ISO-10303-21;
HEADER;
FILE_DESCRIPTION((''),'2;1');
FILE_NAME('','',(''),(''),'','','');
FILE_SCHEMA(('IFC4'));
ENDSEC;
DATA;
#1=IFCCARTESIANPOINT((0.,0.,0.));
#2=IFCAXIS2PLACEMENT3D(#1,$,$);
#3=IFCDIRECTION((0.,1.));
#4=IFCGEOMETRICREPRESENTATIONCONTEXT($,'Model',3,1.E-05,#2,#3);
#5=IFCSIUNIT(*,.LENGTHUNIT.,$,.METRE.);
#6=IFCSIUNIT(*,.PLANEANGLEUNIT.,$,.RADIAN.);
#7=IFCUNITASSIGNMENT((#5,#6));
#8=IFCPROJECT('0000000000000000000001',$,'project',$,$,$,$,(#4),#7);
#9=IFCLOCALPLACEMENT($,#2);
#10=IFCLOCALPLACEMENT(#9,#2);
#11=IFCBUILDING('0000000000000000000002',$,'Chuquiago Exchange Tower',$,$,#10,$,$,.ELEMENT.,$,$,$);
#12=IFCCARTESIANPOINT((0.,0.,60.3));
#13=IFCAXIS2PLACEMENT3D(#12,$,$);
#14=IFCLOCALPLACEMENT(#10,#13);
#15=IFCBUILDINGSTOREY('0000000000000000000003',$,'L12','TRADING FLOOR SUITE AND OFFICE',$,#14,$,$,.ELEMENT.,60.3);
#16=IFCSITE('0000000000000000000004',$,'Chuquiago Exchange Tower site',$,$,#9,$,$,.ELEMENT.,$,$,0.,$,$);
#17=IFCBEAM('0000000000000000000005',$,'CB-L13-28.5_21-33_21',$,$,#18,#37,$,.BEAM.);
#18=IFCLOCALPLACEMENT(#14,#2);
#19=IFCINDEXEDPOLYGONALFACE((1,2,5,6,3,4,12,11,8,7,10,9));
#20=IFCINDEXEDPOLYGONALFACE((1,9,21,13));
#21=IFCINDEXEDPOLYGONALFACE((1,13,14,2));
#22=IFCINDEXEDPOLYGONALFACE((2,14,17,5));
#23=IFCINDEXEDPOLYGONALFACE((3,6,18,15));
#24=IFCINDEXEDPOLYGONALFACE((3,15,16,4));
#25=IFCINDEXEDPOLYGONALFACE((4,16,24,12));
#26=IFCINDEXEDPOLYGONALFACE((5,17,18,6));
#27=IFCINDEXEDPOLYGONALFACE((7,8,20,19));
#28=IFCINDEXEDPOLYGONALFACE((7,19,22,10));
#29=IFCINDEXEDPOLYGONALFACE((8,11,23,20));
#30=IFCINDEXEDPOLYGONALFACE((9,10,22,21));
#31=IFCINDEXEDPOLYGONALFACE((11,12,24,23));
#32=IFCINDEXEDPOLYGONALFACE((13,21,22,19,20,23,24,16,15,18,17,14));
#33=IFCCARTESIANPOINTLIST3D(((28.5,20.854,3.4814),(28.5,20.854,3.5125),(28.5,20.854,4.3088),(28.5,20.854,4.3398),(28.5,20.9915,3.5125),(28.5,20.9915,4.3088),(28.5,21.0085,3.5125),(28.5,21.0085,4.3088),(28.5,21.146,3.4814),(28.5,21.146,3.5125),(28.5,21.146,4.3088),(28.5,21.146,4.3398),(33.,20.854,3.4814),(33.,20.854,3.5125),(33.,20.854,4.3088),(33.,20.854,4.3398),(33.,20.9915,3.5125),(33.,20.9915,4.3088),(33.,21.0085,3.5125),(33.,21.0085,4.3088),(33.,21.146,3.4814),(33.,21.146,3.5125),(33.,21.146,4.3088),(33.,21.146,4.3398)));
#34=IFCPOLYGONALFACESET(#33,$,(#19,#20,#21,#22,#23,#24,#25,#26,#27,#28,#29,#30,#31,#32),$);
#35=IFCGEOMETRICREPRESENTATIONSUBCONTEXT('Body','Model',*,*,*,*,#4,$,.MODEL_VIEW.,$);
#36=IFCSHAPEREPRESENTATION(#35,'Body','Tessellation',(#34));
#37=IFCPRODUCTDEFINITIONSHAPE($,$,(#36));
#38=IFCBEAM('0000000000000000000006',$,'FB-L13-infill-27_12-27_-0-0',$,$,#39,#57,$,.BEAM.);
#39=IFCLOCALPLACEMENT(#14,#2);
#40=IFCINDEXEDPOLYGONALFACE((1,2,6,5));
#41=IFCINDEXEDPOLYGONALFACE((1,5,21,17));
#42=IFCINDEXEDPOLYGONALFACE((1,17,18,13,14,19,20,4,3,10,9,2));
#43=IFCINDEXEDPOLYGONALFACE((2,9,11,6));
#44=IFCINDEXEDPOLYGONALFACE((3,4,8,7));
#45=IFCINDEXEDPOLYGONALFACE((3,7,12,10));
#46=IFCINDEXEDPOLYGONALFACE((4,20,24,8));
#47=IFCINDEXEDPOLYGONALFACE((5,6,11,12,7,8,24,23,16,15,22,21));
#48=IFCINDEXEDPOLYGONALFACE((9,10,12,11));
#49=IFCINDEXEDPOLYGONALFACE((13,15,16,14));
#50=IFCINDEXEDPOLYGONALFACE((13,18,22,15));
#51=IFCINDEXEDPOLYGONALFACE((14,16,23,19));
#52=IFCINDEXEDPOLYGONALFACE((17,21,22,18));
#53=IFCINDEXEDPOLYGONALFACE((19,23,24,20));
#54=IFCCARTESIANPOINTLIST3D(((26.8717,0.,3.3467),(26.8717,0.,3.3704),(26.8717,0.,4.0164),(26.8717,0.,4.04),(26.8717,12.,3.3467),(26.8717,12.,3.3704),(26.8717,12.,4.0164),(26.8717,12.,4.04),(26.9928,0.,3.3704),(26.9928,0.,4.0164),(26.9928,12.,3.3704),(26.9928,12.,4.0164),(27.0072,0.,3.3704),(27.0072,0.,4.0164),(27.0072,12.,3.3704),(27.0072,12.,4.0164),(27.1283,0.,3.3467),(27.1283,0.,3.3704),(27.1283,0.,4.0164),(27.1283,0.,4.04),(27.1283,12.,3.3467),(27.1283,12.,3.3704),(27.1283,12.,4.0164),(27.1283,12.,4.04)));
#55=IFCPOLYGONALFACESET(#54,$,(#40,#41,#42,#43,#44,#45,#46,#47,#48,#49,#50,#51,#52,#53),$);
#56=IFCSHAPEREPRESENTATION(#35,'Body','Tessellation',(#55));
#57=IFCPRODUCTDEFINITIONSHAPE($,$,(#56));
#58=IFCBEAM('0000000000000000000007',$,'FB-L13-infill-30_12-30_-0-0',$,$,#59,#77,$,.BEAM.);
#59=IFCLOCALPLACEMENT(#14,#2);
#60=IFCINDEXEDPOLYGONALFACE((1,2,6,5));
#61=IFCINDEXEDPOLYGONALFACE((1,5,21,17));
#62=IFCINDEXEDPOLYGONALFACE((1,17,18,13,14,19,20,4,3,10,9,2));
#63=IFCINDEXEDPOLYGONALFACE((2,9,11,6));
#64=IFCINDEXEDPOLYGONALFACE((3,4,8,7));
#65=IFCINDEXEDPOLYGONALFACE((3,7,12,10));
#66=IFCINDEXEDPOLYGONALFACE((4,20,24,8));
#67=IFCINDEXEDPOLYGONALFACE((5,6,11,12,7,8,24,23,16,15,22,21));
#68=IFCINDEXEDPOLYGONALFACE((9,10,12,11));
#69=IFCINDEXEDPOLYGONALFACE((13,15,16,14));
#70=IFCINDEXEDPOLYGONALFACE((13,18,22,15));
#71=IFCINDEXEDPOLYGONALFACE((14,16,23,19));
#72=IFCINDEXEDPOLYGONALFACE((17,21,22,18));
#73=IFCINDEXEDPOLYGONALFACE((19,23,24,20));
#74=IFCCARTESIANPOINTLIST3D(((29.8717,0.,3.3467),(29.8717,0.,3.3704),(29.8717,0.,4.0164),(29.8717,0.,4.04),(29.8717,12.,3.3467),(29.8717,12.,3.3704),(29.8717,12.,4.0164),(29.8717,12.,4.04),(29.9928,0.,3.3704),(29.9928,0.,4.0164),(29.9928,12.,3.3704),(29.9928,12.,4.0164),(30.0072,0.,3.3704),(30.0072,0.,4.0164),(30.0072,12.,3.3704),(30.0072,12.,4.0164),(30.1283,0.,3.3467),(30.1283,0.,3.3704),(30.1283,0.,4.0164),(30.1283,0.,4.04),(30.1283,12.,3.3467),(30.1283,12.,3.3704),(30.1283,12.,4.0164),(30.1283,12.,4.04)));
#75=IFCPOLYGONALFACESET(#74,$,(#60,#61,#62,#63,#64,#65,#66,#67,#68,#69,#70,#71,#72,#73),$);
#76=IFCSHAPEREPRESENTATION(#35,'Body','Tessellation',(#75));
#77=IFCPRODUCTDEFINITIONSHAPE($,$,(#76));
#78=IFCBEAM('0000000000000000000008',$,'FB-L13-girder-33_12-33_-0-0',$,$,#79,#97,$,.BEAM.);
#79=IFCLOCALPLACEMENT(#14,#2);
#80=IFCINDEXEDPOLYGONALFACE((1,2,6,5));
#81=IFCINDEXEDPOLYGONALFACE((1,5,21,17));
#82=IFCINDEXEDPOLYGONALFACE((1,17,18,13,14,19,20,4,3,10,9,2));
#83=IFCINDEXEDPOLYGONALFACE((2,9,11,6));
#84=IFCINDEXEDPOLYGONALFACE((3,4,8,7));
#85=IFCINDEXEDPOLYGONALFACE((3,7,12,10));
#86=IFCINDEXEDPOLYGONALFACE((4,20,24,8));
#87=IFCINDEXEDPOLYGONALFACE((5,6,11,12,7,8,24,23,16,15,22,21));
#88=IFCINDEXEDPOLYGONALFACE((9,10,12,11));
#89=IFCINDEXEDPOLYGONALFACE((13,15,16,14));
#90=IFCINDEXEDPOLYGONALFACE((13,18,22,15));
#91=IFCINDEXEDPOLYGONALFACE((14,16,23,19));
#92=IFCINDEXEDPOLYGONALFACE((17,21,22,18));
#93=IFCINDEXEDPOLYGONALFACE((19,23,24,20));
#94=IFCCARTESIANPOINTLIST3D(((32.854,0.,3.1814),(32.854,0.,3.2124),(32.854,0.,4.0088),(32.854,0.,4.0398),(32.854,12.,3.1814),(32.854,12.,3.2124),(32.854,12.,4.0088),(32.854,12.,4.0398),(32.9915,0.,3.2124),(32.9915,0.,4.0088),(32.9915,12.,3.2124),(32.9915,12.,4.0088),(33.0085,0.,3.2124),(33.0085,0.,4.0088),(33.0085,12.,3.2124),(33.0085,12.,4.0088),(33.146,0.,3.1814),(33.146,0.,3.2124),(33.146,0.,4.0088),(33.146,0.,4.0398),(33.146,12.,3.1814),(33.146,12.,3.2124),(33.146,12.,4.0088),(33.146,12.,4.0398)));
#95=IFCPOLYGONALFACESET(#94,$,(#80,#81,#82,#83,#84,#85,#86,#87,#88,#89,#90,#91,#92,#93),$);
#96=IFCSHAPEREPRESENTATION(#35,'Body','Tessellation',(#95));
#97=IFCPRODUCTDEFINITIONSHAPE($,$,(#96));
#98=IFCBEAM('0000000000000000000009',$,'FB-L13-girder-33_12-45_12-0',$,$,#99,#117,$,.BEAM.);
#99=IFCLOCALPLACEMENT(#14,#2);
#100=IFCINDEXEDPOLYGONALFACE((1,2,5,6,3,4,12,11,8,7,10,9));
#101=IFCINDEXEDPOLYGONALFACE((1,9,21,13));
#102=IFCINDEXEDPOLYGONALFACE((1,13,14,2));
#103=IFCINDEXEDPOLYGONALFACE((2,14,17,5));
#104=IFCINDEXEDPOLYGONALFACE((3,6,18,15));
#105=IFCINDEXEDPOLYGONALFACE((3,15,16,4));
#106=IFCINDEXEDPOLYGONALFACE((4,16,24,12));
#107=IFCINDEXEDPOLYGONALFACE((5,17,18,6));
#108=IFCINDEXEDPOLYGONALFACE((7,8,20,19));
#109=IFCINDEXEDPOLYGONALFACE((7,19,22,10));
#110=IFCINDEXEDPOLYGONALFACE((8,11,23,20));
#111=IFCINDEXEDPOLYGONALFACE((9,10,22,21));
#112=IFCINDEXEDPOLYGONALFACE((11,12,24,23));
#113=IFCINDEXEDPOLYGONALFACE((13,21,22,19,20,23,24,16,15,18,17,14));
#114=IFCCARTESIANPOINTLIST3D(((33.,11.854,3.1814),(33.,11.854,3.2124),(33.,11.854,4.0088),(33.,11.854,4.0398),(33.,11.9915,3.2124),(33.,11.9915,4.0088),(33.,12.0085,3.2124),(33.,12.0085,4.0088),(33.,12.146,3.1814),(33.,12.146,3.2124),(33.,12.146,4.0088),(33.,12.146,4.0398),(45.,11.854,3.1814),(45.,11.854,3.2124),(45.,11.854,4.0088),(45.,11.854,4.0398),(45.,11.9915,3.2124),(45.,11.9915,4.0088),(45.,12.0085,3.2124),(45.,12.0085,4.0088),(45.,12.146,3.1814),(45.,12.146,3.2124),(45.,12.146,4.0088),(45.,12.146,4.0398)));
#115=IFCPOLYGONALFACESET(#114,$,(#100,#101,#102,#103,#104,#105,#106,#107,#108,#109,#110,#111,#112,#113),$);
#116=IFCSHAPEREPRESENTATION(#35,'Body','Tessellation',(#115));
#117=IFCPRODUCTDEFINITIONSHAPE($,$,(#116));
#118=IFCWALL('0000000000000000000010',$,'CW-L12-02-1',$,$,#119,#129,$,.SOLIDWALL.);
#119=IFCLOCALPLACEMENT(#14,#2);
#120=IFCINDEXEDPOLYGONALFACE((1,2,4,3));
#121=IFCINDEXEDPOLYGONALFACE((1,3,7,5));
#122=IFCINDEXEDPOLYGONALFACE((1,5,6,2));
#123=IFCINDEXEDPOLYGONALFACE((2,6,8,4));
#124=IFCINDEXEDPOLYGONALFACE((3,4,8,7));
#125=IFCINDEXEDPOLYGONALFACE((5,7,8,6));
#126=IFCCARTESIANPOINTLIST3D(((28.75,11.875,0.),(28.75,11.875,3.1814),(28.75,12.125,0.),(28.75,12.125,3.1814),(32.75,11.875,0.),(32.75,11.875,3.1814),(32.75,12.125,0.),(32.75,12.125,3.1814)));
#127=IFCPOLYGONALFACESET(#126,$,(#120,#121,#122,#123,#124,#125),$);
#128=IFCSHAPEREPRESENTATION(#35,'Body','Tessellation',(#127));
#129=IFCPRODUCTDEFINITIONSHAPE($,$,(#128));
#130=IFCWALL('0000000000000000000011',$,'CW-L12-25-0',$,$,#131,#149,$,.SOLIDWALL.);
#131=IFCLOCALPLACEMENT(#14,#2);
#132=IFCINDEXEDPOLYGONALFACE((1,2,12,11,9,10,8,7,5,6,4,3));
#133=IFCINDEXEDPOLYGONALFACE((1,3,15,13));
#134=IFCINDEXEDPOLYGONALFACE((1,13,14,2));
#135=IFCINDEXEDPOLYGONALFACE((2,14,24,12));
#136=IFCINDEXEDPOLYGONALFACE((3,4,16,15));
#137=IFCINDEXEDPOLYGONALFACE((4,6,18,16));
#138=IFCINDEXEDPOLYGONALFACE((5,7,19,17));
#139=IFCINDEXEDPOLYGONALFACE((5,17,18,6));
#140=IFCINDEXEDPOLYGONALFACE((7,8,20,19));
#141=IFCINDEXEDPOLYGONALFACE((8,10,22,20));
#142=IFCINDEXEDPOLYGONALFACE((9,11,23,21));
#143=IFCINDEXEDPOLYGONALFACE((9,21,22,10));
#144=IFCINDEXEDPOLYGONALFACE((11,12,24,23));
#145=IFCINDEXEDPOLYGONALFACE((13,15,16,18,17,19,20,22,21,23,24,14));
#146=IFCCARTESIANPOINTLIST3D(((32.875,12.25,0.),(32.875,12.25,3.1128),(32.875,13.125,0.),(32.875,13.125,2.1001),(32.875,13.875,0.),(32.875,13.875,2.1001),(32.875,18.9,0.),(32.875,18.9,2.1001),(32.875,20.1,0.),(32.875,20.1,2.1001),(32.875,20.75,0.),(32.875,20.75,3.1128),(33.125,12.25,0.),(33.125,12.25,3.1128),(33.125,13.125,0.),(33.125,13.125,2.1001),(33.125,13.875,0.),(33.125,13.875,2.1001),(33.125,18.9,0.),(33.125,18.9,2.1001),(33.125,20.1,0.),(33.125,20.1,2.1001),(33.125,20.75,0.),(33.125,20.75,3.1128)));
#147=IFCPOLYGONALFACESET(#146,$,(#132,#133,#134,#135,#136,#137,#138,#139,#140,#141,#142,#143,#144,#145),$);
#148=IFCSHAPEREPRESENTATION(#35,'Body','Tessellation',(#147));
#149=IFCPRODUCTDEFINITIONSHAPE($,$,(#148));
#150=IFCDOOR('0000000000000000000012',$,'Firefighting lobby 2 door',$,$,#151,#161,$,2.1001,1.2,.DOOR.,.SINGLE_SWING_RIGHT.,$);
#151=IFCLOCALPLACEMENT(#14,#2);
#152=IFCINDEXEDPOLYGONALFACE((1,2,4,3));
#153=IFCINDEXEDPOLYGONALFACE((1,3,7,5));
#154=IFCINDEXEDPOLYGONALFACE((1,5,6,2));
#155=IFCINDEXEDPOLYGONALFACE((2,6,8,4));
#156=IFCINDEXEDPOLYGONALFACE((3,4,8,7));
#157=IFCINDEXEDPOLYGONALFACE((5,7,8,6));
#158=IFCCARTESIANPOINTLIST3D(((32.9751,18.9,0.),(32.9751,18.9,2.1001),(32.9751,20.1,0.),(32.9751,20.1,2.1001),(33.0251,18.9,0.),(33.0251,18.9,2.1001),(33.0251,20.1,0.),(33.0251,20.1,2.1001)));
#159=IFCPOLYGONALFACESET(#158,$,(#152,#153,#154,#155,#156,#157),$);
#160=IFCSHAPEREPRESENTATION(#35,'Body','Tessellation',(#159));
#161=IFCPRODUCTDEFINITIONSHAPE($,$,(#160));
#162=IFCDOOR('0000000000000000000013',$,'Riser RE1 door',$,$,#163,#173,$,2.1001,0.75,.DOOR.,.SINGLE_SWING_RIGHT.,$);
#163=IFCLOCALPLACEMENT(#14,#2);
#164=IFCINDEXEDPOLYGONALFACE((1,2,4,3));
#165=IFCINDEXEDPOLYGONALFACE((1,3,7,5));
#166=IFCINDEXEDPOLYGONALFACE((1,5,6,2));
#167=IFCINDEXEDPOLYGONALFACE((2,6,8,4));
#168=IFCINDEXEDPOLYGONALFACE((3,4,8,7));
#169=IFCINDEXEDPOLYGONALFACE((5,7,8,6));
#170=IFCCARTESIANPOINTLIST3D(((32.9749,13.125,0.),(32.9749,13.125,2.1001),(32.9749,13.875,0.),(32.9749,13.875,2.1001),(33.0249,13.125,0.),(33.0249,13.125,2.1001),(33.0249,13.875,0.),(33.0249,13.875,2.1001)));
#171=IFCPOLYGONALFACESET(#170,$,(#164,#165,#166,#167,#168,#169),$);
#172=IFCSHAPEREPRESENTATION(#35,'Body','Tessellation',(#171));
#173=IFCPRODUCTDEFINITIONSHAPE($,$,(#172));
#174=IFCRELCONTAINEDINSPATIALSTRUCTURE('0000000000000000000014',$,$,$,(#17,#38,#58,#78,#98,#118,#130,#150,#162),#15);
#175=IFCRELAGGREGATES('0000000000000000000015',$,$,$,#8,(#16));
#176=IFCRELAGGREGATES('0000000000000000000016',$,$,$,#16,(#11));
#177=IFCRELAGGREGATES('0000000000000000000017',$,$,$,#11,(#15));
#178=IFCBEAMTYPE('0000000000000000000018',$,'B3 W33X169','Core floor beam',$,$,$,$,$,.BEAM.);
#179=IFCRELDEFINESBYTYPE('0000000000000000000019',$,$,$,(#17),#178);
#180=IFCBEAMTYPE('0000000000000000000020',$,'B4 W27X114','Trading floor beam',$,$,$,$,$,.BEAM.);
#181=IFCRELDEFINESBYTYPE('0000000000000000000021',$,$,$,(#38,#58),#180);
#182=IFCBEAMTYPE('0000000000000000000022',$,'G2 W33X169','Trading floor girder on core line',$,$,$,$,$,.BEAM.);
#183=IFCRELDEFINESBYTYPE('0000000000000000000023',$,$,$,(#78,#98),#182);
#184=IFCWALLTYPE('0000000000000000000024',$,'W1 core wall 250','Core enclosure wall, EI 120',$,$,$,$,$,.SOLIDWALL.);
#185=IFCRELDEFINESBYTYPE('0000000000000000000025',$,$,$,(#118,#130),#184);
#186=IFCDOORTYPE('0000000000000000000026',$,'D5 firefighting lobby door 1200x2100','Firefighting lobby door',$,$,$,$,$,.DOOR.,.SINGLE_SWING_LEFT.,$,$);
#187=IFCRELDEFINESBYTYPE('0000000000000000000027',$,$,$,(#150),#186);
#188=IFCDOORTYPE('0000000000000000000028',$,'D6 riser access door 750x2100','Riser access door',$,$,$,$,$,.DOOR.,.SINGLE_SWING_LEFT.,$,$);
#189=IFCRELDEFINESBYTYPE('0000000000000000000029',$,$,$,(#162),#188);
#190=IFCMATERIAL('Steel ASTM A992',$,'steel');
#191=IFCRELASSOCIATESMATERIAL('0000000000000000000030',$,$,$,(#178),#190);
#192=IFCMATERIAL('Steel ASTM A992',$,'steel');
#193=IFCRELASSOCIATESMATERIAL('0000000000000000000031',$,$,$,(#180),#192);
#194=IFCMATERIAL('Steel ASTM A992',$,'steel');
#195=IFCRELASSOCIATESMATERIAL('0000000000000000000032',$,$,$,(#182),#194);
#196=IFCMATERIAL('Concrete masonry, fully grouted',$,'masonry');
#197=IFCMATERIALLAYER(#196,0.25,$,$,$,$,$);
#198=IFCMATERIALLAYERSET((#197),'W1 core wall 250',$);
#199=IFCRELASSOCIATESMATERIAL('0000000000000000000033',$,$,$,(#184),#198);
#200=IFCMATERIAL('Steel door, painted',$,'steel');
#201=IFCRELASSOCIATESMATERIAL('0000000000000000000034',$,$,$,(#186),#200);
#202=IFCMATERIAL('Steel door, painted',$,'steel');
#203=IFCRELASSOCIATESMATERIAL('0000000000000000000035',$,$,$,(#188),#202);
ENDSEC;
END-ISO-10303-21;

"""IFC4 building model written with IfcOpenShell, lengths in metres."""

from ifc_helpers import new_model, si_unit, direction, frame, frame_2d, origin, origin_2d, place, context, subcontext, project, spatial, rectangle, i_section, extrude, material, layer, layer_set, material_profile, profile_set, type_object, element, fill, save


model = new_model("IFC4")

# Units and contexts
model_context = context("Model", 3, precision=1e-05, world=origin(), true_north=direction((0.0, 1.0)))
body_context = subcontext(model_context, "Body", "Model", "MODEL_VIEW")
ifc_project = project(units=[si_unit("LENGTHUNIT", "METRE"), si_unit("PLANEANGLEUNIT", "RADIAN")], contexts=[model_context])

# Site, building, storey
site_placement = place(None, origin())
site = spatial("IfcSite", under=ifc_project, at=site_placement, Name="Chuquiago Exchange Tower site", CompositionType="ELEMENT", RefElevation=0.0)
building_placement = place(site_placement, origin())
building = spatial("IfcBuilding", under=site, at=building_placement, Name="Chuquiago Exchange Tower", CompositionType="ELEMENT")
storey_placement = place(building_placement, frame((0.0, 0.0, 60.3)))
storey = spatial("IfcBuildingStorey", under=building, at=storey_placement, Name="L12", Description="TRADING FLOOR SUITE AND OFFICE", CompositionType="ELEMENT", Elevation=60.3)

# Beams
ifc_material_1 = material(Name="Steel ASTM A992", Category="steel")
ifc_material_profile_1 = material_profile(ifc_material_1, i_section(OverallWidth=0.292, OverallDepth=0.8584, WebThickness=0.0171, FlangeThickness=0.031, at=origin_2d()), Name="W33X169")
ifc_profile_set_1 = profile_set([ifc_material_profile_1], Name="Steel ASTM A992")
beam_type_1 = type_object("IfcBeamType", Name="B3 W33X169", Description="Core floor beam", PredefinedType="BEAM", material=ifc_profile_set_1)
for number, where, z_axis, x_axis, name in (
    (1, (28.5, 21.0, 3.9106), (1.0, 0.0, 0.0), (0.0, 1.0, 0.0), "CB-L13-28.5_21-33_21"),
):
    element("IfcBeam", number, at=place(storey_placement, frame(where, z_axis=z_axis, x_axis=x_axis)), inside=storey, type_object=beam_type_1, Name=name, PredefinedType="BEAM", context=body_context, shape_type="SweptSolid", body=[
        extrude(i_section(OverallWidth=0.292, OverallDepth=0.8584, WebThickness=0.0171, FlangeThickness=0.031, at=origin_2d()), origin(), (0.0, 0.0, 1.0), 4.5),
    ])
ifc_material_2 = material(Name="Steel ASTM A992", Category="steel")
ifc_material_profile_2 = material_profile(ifc_material_2, i_section(OverallWidth=0.2566, OverallDepth=0.6934, WebThickness=0.0144, FlangeThickness=0.0237, at=origin_2d()), Name="W27X114")
ifc_profile_set_2 = profile_set([ifc_material_profile_2], Name="Steel ASTM A992")
beam_type_2 = type_object("IfcBeamType", Name="B4 W27X114", Description="Trading floor beam", PredefinedType="BEAM", material=ifc_profile_set_2)
for number, where, z_axis, x_axis, name in (
    (2, (27.0, 12.0, 3.6934), (0.0, -1.0, 0.0), (1.0, 0.0, 0.0), "FB-L13-infill-27_12-27_-0-0"),
    (3, (30.0, 12.0, 3.6934), (0.0, -1.0, 0.0), (1.0, 0.0, 0.0), "FB-L13-infill-30_12-30_-0-0"),
):
    element("IfcBeam", number, at=place(storey_placement, frame(where, z_axis=z_axis, x_axis=x_axis)), inside=storey, type_object=beam_type_2, Name=name, PredefinedType="BEAM", context=body_context, shape_type="SweptSolid", body=[
        extrude(i_section(OverallWidth=0.2566, OverallDepth=0.6934, WebThickness=0.0144, FlangeThickness=0.0237, at=origin_2d()), origin(), (0.0, 0.0, 1.0), 12.0),
    ])
ifc_material_3 = material(Name="Steel ASTM A992", Category="steel")
ifc_material_profile_3 = material_profile(ifc_material_3, i_section(OverallWidth=0.292, OverallDepth=0.8584, WebThickness=0.0171, FlangeThickness=0.031, at=origin_2d()), Name="W33X169")
ifc_profile_set_3 = profile_set([ifc_material_profile_3], Name="Steel ASTM A992")
beam_type_3 = type_object("IfcBeamType", Name="G2 W33X169", Description="Trading floor girder on core line", PredefinedType="BEAM", material=ifc_profile_set_3)
for number, where, z_axis, x_axis, name in (
    (4, (33.0, 12.0, 3.6106), (0.0, -1.0, 0.0), (1.0, 0.0, 0.0), "FB-L13-girder-33_12-33_-0-0"),
    (5, (33.0, 12.0, 3.6106), (1.0, 0.0, 0.0), (0.0, 1.0, 0.0), "FB-L13-girder-33_12-45_12-0"),
):
    element("IfcBeam", number, at=place(storey_placement, frame(where, z_axis=z_axis, x_axis=x_axis)), inside=storey, type_object=beam_type_3, Name=name, PredefinedType="BEAM", context=body_context, shape_type="SweptSolid", body=[
        extrude(i_section(OverallWidth=0.292, OverallDepth=0.8584, WebThickness=0.0171, FlangeThickness=0.031, at=origin_2d()), origin(), (0.0, 0.0, 1.0), 12.0),
    ])

# Wall
ifc_material_4 = material(Name="Concrete masonry, fully grouted", Category="masonry")
ifc_layer_1 = layer(ifc_material_4, 0.25)
ifc_layer_set_1 = layer_set([ifc_layer_1], Name="W1 core wall 250")
wall_type_1 = type_object("IfcWallType", Name="W1 core wall 250", Description="Core enclosure wall, EI 120", PredefinedType="SOLIDWALL", material=ifc_layer_set_1)
wall_1_placement = place(storey_placement, frame((28.75, 12.0, 0.0), z_axis=(0.0, 0.0, 1.0), x_axis=(1.0, 0.0, 0.0)))
element("IfcWall", 6, at=wall_1_placement, inside=storey, type_object=wall_type_1, Name="CW-L12-02-1", PredefinedType="SOLIDWALL", context=body_context, shape_type="SweptSolid", body=[
    extrude(rectangle(XDim=4.0, YDim=0.25, at=frame_2d((2.0, 0.0))), origin(), (0.0, 0.0, 1.0), 3.1814),
])

# Wall, openings, doors
wall_2_placement = place(storey_placement, frame((33.0, 12.25, 0.0), z_axis=(0.0, 0.0, 1.0), x_axis=(0.0, 1.0, 0.0)))
wall_2 = element("IfcWall", 7, at=wall_2_placement, inside=storey, type_object=wall_type_1, Name="CW-L12-25-0", PredefinedType="SOLIDWALL", context=body_context, shape_type="SweptSolid", body=[
    extrude(rectangle(XDim=8.5, YDim=0.25, at=frame_2d((4.25, 0.0))), origin(), (0.0, 0.0, 1.0), 3.1128),
])
opening_1_placement = place(wall_2_placement, frame((6.6499, 0.0, 0.0)))
opening_1 = element("IfcOpeningElement", 8, at=opening_1_placement, cuts=wall_2, PredefinedType="OPENING", context=body_context, shape_type="SweptSolid", body=[
    extrude(rectangle(XDim=1.2, YDim=2.1001, at=frame_2d((0.6001, 1.05))), frame((0.0, 0.135, 0.0), z_axis=(0.0, -1.0, 0.0), x_axis=(1.0, 0.0, 0.0)), (0.0, 0.0, 1.0), 0.27),
])
opening_2_placement = place(wall_2_placement, frame((0.875, 0.0, 0.0)))
opening_2 = element("IfcOpeningElement", 9, at=opening_2_placement, cuts=wall_2, PredefinedType="OPENING", context=body_context, shape_type="SweptSolid", body=[
    extrude(rectangle(XDim=0.75, YDim=2.1001, at=frame_2d((0.375, 1.05))), frame((0.0, 0.135, 0.0), z_axis=(0.0, -1.0, 0.0), x_axis=(1.0, 0.0, 0.0)), (0.0, 0.0, 1.0), 0.27),
])
ifc_material_5 = material(Name="Steel door, painted", Category="steel")
door_type_1 = type_object("IfcDoorType", Name="D5 firefighting lobby door 1200x2100", Description="Firefighting lobby door", OperationType="SINGLE_SWING_LEFT", PredefinedType="DOOR", material=ifc_material_5)
door_1_placement = place(opening_1_placement, origin())
door_1 = element("IfcDoor", 10, at=door_1_placement, inside=storey, type_object=door_type_1, Name="Firefighting lobby 2 door", OperationType="SINGLE_SWING_RIGHT", OverallHeight=2.1001, OverallWidth=1.2, PredefinedType="DOOR", context=body_context, shape_type="SweptSolid", body=[
    extrude(rectangle(XDim=1.2, YDim=2.1001, at=frame_2d((0.6001, 1.05))), frame((0.0, 0.0249, 0.0), z_axis=(0.0, -1.0, 0.0), x_axis=(1.0, 0.0, 0.0)), (0.0, 0.0, 1.0), 0.05),
])
fill(opening_1, door_1)
ifc_material_6 = material(Name="Steel door, painted", Category="steel")
door_type_2 = type_object("IfcDoorType", Name="D6 riser access door 750x2100", Description="Riser access door", OperationType="SINGLE_SWING_LEFT", PredefinedType="DOOR", material=ifc_material_6)
door_2_placement = place(opening_2_placement, frame((0.75, 0.0, 0.0), z_axis=(0.0, 0.0, 1.0), x_axis=(-1.0, 0.0, 0.0)))
door_2 = element("IfcDoor", 11, at=door_2_placement, inside=storey, type_object=door_type_2, Name="Riser RE1 door", OperationType="SINGLE_SWING_RIGHT", OverallHeight=2.1001, OverallWidth=0.75, PredefinedType="DOOR", context=body_context, shape_type="SweptSolid", body=[
    extrude(rectangle(XDim=0.75, YDim=2.1001, at=frame_2d((0.375, 1.05))), frame((0.0, 0.0249, 0.0), z_axis=(0.0, -1.0, 0.0), x_axis=(1.0, 0.0, 0.0)), (0.0, 0.0, 1.0), 0.05),
])
fill(opening_2, door_2)

save(model, "model.ifc")
